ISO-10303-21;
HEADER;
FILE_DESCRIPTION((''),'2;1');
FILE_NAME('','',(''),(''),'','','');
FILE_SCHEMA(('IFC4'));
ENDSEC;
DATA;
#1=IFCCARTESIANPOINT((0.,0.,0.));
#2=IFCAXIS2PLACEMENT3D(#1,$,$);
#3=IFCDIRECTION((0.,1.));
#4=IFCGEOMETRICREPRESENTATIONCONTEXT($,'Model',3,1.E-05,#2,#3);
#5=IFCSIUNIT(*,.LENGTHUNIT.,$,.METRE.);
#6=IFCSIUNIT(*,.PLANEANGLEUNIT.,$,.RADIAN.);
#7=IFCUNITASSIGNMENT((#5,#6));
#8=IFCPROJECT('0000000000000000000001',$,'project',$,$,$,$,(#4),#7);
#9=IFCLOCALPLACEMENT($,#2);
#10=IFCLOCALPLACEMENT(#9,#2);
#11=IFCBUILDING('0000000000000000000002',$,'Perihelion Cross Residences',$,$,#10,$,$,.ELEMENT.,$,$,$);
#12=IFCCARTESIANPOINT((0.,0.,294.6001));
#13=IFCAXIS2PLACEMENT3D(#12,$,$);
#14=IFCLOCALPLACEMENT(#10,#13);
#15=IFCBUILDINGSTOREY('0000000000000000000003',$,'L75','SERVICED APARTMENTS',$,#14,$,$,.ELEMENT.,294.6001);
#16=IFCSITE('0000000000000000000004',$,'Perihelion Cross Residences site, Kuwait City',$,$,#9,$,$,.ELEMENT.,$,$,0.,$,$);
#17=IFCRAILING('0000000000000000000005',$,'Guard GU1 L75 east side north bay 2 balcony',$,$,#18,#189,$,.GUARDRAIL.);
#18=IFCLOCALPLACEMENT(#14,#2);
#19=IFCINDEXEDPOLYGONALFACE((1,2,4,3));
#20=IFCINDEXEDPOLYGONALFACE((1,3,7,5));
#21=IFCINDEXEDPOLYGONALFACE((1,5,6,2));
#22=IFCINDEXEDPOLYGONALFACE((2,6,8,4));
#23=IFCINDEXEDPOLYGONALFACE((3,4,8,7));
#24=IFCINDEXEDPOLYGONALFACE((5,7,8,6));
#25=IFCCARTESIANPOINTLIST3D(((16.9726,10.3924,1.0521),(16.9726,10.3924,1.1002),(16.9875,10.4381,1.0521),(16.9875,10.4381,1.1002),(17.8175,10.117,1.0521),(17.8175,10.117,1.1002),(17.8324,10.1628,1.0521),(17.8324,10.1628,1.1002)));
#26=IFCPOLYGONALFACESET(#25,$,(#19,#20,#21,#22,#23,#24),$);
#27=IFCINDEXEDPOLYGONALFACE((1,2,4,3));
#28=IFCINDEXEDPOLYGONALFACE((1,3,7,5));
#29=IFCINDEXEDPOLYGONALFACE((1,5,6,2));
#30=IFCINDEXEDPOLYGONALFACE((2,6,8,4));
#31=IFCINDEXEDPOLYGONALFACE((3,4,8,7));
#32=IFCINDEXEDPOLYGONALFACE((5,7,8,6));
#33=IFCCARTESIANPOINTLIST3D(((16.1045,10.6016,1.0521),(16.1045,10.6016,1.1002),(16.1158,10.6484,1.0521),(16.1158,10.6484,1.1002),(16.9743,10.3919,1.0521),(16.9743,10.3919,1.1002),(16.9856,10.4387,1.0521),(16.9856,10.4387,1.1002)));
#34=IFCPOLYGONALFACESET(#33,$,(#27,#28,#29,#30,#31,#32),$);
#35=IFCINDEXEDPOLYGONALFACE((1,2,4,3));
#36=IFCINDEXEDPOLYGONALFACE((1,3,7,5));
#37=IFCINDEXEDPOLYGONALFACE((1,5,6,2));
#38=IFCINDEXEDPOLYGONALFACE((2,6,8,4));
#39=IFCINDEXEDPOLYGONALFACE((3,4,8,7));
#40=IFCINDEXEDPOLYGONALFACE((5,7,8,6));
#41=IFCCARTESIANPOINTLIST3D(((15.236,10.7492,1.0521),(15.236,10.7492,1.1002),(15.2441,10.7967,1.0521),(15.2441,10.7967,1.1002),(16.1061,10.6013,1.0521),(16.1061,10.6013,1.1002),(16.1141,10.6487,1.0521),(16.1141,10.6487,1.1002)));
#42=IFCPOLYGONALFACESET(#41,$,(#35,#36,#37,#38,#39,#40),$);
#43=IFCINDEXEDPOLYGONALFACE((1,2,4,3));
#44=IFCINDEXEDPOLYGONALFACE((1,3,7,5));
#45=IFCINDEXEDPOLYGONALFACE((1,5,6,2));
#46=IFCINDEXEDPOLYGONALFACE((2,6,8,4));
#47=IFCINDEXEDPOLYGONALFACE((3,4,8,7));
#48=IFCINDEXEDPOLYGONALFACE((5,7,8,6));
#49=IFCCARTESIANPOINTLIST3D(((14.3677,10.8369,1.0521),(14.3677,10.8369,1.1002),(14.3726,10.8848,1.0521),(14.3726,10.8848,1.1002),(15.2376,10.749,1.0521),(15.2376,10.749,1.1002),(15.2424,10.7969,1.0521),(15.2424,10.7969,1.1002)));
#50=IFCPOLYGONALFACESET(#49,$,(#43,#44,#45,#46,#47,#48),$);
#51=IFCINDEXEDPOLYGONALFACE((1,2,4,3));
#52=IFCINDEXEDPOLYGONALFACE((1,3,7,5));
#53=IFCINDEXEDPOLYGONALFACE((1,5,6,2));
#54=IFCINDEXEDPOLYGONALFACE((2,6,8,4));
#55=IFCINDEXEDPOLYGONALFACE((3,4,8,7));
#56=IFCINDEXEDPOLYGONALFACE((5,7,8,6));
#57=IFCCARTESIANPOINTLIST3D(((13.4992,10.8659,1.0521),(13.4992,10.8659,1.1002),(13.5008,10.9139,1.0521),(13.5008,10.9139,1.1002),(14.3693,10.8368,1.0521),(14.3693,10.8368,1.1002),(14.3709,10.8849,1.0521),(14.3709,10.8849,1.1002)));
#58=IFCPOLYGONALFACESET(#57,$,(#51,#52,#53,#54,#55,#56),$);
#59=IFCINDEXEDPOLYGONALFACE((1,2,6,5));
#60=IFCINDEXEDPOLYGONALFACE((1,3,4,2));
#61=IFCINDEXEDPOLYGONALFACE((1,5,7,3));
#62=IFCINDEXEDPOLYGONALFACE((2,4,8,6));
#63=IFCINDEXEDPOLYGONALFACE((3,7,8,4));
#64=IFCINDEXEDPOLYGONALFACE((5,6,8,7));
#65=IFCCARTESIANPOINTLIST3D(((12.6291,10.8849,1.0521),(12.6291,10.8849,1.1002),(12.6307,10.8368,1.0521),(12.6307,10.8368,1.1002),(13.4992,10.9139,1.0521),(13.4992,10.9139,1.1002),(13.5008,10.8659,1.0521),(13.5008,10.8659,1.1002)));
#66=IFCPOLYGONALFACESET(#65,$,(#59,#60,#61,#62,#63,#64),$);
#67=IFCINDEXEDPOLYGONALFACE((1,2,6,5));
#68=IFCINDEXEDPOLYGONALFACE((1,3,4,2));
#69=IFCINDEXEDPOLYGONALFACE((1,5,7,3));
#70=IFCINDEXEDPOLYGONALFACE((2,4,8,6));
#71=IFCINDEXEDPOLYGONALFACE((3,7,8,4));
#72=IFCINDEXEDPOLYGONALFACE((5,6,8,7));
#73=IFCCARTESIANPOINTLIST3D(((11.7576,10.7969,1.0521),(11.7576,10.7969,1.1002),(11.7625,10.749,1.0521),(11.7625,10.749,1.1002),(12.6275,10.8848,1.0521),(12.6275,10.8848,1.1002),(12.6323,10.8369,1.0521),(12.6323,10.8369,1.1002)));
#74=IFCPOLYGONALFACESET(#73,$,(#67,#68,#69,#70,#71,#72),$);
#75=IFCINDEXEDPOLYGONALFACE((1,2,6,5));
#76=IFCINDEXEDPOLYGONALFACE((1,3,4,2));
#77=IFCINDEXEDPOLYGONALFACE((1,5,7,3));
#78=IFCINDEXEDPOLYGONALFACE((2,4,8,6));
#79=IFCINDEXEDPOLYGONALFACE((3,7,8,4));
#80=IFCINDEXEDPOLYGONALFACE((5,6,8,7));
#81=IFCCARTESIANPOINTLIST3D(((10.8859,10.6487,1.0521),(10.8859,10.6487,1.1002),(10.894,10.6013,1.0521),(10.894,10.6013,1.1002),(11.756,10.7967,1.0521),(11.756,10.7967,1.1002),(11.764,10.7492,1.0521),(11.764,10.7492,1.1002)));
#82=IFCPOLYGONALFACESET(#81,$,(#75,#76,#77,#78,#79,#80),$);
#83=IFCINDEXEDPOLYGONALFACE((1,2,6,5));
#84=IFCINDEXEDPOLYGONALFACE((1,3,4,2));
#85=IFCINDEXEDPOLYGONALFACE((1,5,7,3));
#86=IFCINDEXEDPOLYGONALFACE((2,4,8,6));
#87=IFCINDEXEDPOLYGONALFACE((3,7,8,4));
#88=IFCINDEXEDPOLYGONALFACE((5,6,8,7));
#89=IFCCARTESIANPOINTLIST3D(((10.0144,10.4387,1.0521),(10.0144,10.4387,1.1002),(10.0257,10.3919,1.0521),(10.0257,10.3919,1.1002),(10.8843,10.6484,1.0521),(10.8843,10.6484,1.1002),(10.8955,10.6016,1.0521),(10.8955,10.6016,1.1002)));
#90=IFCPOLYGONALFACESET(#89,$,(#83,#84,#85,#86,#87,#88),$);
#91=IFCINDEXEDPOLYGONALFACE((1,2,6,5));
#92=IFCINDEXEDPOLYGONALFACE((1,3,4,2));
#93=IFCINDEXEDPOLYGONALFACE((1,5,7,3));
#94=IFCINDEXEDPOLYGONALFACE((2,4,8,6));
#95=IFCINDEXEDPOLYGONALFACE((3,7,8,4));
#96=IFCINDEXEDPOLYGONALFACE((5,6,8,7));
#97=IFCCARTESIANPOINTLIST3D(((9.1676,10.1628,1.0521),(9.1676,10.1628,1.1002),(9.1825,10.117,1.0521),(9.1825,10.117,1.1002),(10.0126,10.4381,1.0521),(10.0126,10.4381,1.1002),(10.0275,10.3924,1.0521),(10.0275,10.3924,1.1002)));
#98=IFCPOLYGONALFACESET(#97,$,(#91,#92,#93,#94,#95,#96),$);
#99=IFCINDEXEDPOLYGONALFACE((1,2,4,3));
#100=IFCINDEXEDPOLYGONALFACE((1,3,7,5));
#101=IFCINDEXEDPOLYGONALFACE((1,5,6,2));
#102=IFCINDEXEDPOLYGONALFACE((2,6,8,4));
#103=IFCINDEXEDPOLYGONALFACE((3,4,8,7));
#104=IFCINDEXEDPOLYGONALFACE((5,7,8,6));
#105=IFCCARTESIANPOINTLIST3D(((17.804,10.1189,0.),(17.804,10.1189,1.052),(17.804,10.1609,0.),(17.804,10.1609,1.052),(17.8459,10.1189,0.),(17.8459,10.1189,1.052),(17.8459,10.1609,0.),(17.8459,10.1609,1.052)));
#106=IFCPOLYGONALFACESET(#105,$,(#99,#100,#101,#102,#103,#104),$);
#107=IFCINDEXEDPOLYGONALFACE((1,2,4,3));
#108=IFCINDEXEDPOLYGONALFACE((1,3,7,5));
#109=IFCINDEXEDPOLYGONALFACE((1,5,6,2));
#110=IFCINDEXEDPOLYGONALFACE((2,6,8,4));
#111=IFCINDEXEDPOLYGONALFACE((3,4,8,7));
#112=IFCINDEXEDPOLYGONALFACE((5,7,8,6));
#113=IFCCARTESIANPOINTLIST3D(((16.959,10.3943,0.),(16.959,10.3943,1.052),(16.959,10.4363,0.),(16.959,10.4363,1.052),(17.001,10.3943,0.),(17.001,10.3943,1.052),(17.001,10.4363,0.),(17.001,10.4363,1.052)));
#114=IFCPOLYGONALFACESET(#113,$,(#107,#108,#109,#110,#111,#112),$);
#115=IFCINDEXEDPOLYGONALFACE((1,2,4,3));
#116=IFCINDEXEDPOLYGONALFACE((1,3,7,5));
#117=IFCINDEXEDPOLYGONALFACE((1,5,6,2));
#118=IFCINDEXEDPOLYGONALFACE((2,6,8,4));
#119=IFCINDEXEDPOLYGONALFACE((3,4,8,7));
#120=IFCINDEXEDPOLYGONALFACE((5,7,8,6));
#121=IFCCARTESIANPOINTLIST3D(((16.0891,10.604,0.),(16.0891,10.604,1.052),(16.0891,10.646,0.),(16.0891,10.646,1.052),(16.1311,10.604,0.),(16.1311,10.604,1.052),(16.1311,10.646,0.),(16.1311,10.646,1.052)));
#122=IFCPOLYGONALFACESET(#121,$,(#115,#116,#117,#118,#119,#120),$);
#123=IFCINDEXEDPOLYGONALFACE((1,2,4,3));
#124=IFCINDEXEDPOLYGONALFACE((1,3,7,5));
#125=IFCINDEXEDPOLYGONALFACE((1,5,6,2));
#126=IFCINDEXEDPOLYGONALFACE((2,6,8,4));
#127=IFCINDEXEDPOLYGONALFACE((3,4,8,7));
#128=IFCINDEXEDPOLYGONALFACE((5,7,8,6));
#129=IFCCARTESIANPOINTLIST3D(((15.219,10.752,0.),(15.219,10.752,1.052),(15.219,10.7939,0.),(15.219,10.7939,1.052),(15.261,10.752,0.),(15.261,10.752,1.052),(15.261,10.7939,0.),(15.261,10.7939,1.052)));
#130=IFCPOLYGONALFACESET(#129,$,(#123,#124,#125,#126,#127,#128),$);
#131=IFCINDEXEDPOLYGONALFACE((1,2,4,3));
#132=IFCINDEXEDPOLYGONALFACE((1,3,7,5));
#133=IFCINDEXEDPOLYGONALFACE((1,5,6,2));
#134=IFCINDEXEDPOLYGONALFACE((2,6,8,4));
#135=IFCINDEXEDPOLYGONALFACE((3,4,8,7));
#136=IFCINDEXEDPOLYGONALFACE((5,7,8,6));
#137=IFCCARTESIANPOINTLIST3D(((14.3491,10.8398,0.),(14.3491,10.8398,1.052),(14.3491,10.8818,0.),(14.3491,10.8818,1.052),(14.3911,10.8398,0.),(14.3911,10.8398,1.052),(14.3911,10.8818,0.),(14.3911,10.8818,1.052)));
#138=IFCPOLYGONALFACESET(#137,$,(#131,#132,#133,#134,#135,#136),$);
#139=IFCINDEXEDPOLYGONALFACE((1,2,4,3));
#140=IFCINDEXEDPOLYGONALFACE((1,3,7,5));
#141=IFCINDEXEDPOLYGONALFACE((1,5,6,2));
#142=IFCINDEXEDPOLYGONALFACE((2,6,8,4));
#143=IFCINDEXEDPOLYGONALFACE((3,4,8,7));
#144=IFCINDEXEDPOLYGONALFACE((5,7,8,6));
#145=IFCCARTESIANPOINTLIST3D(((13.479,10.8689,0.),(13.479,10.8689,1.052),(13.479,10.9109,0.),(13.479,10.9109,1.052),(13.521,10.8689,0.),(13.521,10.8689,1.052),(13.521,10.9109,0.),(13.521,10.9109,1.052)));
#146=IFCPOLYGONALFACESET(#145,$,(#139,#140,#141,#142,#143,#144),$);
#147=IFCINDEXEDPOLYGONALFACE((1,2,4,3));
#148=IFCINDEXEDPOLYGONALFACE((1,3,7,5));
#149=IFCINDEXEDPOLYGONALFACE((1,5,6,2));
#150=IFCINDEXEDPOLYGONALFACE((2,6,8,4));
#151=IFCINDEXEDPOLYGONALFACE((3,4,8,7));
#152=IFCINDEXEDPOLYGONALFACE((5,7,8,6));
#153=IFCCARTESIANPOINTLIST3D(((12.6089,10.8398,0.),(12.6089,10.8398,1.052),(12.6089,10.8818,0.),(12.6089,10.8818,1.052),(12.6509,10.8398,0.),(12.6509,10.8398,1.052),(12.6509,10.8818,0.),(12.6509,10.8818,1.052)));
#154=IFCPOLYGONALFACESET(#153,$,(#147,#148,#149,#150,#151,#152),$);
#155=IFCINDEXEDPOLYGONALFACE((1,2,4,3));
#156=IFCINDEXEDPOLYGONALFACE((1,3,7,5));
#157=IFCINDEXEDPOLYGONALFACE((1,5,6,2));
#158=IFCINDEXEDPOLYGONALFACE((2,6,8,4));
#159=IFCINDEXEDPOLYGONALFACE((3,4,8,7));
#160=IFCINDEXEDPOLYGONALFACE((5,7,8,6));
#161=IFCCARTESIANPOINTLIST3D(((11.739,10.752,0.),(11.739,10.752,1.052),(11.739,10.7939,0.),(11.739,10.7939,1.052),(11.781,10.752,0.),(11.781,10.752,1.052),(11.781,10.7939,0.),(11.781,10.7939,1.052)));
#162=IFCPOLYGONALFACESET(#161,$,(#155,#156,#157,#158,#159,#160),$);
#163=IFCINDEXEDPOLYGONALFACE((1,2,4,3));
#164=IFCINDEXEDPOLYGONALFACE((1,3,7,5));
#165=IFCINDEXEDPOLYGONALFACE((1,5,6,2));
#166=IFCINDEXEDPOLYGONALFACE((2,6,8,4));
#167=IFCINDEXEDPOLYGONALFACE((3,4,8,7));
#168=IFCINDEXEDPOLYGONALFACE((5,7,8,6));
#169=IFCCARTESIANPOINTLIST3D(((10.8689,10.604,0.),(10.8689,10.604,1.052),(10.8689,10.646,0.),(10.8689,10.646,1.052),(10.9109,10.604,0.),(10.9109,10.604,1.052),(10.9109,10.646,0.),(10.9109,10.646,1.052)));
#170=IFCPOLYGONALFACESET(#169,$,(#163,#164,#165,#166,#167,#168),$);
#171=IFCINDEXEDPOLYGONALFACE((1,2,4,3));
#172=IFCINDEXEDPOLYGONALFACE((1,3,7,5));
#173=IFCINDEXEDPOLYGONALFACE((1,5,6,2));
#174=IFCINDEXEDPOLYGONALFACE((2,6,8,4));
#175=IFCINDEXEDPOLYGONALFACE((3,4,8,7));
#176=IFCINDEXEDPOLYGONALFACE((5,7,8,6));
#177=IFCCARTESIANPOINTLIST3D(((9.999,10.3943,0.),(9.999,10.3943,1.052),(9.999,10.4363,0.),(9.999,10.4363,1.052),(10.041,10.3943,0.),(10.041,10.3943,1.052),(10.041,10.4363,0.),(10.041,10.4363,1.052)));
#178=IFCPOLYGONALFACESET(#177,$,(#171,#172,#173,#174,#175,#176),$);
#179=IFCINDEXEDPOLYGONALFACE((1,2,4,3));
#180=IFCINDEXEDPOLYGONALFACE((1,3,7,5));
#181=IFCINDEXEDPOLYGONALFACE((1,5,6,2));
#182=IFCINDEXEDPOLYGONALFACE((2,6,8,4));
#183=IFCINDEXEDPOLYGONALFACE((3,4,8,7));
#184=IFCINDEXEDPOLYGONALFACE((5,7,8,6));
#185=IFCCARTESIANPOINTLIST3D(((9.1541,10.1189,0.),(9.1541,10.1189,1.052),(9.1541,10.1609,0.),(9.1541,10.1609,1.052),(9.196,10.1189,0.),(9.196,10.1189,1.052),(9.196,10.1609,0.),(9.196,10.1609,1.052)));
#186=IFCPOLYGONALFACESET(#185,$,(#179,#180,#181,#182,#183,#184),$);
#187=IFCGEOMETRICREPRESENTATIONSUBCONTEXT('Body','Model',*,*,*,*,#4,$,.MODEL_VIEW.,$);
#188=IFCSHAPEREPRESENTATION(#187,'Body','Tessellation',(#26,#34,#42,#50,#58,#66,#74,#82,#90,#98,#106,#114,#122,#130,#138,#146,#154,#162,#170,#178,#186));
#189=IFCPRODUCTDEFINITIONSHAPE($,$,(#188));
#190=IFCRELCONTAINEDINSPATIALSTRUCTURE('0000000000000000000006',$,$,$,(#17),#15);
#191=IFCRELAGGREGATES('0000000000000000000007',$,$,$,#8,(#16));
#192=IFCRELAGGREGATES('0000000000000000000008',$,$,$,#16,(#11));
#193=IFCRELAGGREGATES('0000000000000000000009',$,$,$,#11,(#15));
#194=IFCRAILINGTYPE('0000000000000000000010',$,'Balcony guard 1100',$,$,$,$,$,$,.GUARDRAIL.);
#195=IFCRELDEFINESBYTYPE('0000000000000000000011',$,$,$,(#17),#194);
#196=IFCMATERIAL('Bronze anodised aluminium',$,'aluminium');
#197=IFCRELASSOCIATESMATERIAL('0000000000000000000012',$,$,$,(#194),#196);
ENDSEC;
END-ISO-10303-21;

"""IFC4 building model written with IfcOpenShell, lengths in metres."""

from ifc_helpers import new_model, si_unit, direction, frame, origin, origin_2d, place, context, subcontext, project, spatial, rectangle, extrude, material, type_object, element, save


model = new_model("IFC4")

# Units and contexts
model_context = context("Model", 3, precision=1e-05, world=origin(), true_north=direction((0.0, 1.0)))
body_context = subcontext(model_context, "Body", "Model", "MODEL_VIEW")
ifc_project = project(units=[si_unit("LENGTHUNIT", "METRE"), si_unit("PLANEANGLEUNIT", "RADIAN")], contexts=[model_context])

# Site, building, storey
site_placement = place(None, origin())
site = spatial("IfcSite", under=ifc_project, at=site_placement, Name="Perihelion Cross Residences site, Kuwait City", CompositionType="ELEMENT", RefElevation=0.0)
building_placement = place(site_placement, origin())
building = spatial("IfcBuilding", under=site, at=building_placement, Name="Perihelion Cross Residences", CompositionType="ELEMENT")
storey_placement = place(building_placement, frame((0.0, 0.0, 294.6001)))
storey = spatial("IfcBuildingStorey", under=building, at=storey_placement, Name="L75", Description="SERVICED APARTMENTS", CompositionType="ELEMENT", Elevation=294.6001)

# Railing
ifc_material_1 = material(Name="Bronze anodised aluminium", Category="aluminium")
railing_type = type_object("IfcRailingType", Name="Balcony guard 1100", PredefinedType="GUARDRAIL", material=ifc_material_1)
railing_placement = place(storey_placement, frame((17.825, 10.1399, 0.0)))
element("IfcRailing", 1, at=railing_placement, inside=storey, type_object=railing_type, Name="Guard GU1 L75 east side north bay 2 balcony", PredefinedType="GUARDRAIL", context=body_context, shape_type="SweptSolid", body=[
    extrude(rectangle(XDim=0.0481, YDim=0.0481, at=origin_2d()), frame((0.0, 0.0, 1.0762), z_axis=(-0.950777, 0.309875, 0.0), x_axis=(-0.309875, -0.950777, 0.0)), (0.0, 0.0, 1.0), 0.8887),
    extrude(rectangle(XDim=0.0481, YDim=0.0481, at=origin_2d()), frame((-0.845, 0.2754, 1.0762), z_axis=(-0.972147, 0.234374, 0.0), x_axis=(-0.234374, -0.972147, 0.0)), (0.0, 0.0, 1.0), 0.8948),
    extrude(rectangle(XDim=0.0481, YDim=0.0481, at=origin_2d()), frame((-1.7148, 0.4851, 1.0762), z_axis=(-0.98585, 0.167628, 0.0), x_axis=(-0.167628, -0.98585, 0.0)), (0.0, 0.0, 1.0), 0.8826),
    extrude(rectangle(XDim=0.0481, YDim=0.0481, at=origin_2d()), frame((-2.585, 0.6331, 1.0762), z_axis=(-0.994934, 0.100527, 0.0), x_axis=(-0.100527, -0.994934, 0.0)), (0.0, 0.0, 1.0), 0.8743),
    extrude(rectangle(XDim=0.0481, YDim=0.0481, at=origin_2d()), frame((-3.4548, 0.7209, 1.0762), z_axis=(-0.999443, 0.033371, 0.0), x_axis=(-0.033371, -0.999443, 0.0)), (0.0, 0.0, 1.0), 0.8706),
    extrude(rectangle(XDim=0.0481, YDim=0.0481, at=origin_2d()), frame((-4.325, 0.75, 1.0762), z_axis=(-0.999443, -0.033371, 0.0), x_axis=(0.033371, -0.999443, 0.0)), (0.0, 0.0, 1.0), 0.8706),
    extrude(rectangle(XDim=0.0481, YDim=0.0481, at=origin_2d()), frame((-5.1951, 0.7209, 1.0762), z_axis=(-0.994934, -0.100527, 0.0), x_axis=(0.100527, -0.994934, 0.0)), (0.0, 0.0, 1.0), 0.8743),
    extrude(rectangle(XDim=0.0481, YDim=0.0481, at=origin_2d()), frame((-6.0649, 0.6331, 1.0762), z_axis=(-0.98585, -0.167628, 0.0), x_axis=(0.167628, -0.98585, 0.0)), (0.0, 0.0, 1.0), 0.8826),
    extrude(rectangle(XDim=0.0481, YDim=0.0481, at=origin_2d()), frame((-6.9351, 0.4851, 1.0762), z_axis=(-0.972147, -0.234374, 0.0), x_axis=(0.234374, -0.972147, 0.0)), (0.0, 0.0, 1.0), 0.8948),
    extrude(rectangle(XDim=0.0481, YDim=0.0481, at=origin_2d()), frame((-7.8049, 0.2754, 1.0762), z_axis=(-0.950777, -0.309875, 0.0), x_axis=(0.309875, -0.950777, 0.0)), (0.0, 0.0, 1.0), 0.8887),
    extrude(rectangle(XDim=0.042, YDim=0.042, at=origin_2d()), origin(), (0.0, 0.0, 1.0), 1.052),
    extrude(rectangle(XDim=0.042, YDim=0.042, at=origin_2d()), frame((-0.845, 0.2754, 0.0)), (0.0, 0.0, 1.0), 1.052),
    extrude(rectangle(XDim=0.042, YDim=0.042, at=origin_2d()), frame((-1.7148, 0.4851, 0.0)), (0.0, 0.0, 1.0), 1.052),
    extrude(rectangle(XDim=0.042, YDim=0.042, at=origin_2d()), frame((-2.585, 0.6331, 0.0)), (0.0, 0.0, 1.0), 1.052),
    extrude(rectangle(XDim=0.042, YDim=0.042, at=origin_2d()), frame((-3.4548, 0.7209, 0.0)), (0.0, 0.0, 1.0), 1.052),
    extrude(rectangle(XDim=0.042, YDim=0.042, at=origin_2d()), frame((-4.325, 0.75, 0.0)), (0.0, 0.0, 1.0), 1.052),
    extrude(rectangle(XDim=0.042, YDim=0.042, at=origin_2d()), frame((-5.1951, 0.7209, 0.0)), (0.0, 0.0, 1.0), 1.052),
    extrude(rectangle(XDim=0.042, YDim=0.042, at=origin_2d()), frame((-6.0649, 0.6331, 0.0)), (0.0, 0.0, 1.0), 1.052),
    extrude(rectangle(XDim=0.042, YDim=0.042, at=origin_2d()), frame((-6.9351, 0.4851, 0.0)), (0.0, 0.0, 1.0), 1.052),
    extrude(rectangle(XDim=0.042, YDim=0.042, at=origin_2d()), frame((-7.8049, 0.2754, 0.0)), (0.0, 0.0, 1.0), 1.052),
    extrude(rectangle(XDim=0.042, YDim=0.042, at=origin_2d()), frame((-8.6499, 0.0, 0.0)), (0.0, 0.0, 1.0), 1.052),
])

save(model, "model.ifc")
